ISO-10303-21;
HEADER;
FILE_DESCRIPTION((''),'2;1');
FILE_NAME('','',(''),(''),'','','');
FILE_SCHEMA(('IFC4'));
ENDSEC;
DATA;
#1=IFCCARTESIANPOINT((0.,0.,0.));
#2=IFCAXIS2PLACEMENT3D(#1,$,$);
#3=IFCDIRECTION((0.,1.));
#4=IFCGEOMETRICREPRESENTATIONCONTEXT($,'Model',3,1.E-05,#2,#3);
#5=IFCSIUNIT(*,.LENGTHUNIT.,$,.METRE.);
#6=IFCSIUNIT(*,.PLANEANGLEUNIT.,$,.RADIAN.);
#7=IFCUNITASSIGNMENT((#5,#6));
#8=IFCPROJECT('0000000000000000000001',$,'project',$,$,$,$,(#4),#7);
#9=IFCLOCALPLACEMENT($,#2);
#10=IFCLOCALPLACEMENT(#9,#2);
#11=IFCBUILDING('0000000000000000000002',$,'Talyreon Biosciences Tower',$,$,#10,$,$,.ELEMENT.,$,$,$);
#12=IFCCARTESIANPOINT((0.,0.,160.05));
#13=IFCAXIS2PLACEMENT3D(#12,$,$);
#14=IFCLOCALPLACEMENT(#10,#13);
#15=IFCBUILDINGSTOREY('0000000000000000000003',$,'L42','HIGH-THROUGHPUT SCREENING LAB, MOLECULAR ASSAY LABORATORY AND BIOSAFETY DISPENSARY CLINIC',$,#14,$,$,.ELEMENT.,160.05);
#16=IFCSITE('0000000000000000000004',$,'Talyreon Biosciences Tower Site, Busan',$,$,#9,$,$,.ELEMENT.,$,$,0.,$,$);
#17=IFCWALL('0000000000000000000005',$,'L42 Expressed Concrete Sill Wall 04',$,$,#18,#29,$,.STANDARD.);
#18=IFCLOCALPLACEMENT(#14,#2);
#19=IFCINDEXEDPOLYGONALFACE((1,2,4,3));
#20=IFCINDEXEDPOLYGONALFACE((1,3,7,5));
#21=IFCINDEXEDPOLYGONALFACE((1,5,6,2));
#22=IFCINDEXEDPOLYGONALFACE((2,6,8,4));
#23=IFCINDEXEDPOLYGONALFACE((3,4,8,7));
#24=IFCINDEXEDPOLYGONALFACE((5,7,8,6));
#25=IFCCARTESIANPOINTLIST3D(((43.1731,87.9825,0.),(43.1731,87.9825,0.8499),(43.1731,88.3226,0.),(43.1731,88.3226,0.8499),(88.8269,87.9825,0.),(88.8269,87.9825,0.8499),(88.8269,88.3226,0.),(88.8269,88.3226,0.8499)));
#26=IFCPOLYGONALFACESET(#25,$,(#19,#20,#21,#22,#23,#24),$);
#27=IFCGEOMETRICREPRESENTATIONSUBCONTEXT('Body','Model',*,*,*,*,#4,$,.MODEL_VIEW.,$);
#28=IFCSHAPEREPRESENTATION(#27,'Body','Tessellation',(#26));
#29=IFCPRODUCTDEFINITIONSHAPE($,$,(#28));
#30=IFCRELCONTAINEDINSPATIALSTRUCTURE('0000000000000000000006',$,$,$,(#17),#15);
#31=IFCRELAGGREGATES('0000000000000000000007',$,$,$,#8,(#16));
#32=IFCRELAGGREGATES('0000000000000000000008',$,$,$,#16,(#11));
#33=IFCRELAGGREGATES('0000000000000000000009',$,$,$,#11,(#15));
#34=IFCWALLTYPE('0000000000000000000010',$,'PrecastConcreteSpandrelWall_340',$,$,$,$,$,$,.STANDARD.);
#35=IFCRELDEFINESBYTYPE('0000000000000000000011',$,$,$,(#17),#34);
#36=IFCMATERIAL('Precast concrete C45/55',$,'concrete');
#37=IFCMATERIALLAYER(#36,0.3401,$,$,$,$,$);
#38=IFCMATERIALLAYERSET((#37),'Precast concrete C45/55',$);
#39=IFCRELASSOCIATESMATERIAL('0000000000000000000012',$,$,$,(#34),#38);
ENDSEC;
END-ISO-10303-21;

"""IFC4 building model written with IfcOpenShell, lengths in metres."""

from ifc_helpers import new_model, si_unit, direction, frame, frame_2d, origin, place, context, subcontext, project, spatial, rectangle, extrude, material, layer, layer_set, type_object, element, save


model = new_model("IFC4")

# Units and contexts
model_context = context("Model", 3, precision=1e-05, world=origin(), true_north=direction((0.0, 1.0)))
body_context = subcontext(model_context, "Body", "Model", "MODEL_VIEW")
ifc_project = project(units=[si_unit("LENGTHUNIT", "METRE"), si_unit("PLANEANGLEUNIT", "RADIAN")], contexts=[model_context])

# Site, building, storey
site_placement = place(None, origin())
site = spatial("IfcSite", under=ifc_project, at=site_placement, Name="Talyreon Biosciences Tower Site, Busan", CompositionType="ELEMENT", RefElevation=0.0)
building_placement = place(site_placement, origin())
building = spatial("IfcBuilding", under=site, at=building_placement, Name="Talyreon Biosciences Tower", CompositionType="ELEMENT")
storey_placement = place(building_placement, frame((0.0, 0.0, 160.05)))
storey = spatial("IfcBuildingStorey", under=building, at=storey_placement, Name="L42", Description="HIGH-THROUGHPUT SCREENING LAB, MOLECULAR ASSAY LABORATORY AND BIOSAFETY DISPENSARY CLINIC", CompositionType="ELEMENT", Elevation=160.05)

# Shared definitions
ifc_material_1 = material(Name="Precast concrete C45/55", Category="concrete")

# Wall
ifc_layer_1 = layer(ifc_material_1, 0.3401)
ifc_layer_set_1 = layer_set([ifc_layer_1], Name="Precast concrete C45/55")
wall_type_1 = type_object("IfcWallType", Name="PrecastConcreteSpandrelWall_340", PredefinedType="STANDARD", material=ifc_layer_set_1)
wall_1_placement = place(storey_placement, frame((43.1731, 88.1526, 0.0), z_axis=(0.0, 0.0, 1.0), x_axis=(1.0, 0.0, 0.0)))
element("IfcWall", 1, at=wall_1_placement, inside=storey, type_object=wall_type_1, Name="L42 Expressed Concrete Sill Wall 04", PredefinedType="STANDARD", context=body_context, shape_type="SweptSolid", body=[
    extrude(rectangle(XDim=45.6538, YDim=0.3401, at=frame_2d((22.8269, 0.0))), origin(), (0.0, 0.0, 1.0), 0.8499),
])

save(model, "model.ifc")
